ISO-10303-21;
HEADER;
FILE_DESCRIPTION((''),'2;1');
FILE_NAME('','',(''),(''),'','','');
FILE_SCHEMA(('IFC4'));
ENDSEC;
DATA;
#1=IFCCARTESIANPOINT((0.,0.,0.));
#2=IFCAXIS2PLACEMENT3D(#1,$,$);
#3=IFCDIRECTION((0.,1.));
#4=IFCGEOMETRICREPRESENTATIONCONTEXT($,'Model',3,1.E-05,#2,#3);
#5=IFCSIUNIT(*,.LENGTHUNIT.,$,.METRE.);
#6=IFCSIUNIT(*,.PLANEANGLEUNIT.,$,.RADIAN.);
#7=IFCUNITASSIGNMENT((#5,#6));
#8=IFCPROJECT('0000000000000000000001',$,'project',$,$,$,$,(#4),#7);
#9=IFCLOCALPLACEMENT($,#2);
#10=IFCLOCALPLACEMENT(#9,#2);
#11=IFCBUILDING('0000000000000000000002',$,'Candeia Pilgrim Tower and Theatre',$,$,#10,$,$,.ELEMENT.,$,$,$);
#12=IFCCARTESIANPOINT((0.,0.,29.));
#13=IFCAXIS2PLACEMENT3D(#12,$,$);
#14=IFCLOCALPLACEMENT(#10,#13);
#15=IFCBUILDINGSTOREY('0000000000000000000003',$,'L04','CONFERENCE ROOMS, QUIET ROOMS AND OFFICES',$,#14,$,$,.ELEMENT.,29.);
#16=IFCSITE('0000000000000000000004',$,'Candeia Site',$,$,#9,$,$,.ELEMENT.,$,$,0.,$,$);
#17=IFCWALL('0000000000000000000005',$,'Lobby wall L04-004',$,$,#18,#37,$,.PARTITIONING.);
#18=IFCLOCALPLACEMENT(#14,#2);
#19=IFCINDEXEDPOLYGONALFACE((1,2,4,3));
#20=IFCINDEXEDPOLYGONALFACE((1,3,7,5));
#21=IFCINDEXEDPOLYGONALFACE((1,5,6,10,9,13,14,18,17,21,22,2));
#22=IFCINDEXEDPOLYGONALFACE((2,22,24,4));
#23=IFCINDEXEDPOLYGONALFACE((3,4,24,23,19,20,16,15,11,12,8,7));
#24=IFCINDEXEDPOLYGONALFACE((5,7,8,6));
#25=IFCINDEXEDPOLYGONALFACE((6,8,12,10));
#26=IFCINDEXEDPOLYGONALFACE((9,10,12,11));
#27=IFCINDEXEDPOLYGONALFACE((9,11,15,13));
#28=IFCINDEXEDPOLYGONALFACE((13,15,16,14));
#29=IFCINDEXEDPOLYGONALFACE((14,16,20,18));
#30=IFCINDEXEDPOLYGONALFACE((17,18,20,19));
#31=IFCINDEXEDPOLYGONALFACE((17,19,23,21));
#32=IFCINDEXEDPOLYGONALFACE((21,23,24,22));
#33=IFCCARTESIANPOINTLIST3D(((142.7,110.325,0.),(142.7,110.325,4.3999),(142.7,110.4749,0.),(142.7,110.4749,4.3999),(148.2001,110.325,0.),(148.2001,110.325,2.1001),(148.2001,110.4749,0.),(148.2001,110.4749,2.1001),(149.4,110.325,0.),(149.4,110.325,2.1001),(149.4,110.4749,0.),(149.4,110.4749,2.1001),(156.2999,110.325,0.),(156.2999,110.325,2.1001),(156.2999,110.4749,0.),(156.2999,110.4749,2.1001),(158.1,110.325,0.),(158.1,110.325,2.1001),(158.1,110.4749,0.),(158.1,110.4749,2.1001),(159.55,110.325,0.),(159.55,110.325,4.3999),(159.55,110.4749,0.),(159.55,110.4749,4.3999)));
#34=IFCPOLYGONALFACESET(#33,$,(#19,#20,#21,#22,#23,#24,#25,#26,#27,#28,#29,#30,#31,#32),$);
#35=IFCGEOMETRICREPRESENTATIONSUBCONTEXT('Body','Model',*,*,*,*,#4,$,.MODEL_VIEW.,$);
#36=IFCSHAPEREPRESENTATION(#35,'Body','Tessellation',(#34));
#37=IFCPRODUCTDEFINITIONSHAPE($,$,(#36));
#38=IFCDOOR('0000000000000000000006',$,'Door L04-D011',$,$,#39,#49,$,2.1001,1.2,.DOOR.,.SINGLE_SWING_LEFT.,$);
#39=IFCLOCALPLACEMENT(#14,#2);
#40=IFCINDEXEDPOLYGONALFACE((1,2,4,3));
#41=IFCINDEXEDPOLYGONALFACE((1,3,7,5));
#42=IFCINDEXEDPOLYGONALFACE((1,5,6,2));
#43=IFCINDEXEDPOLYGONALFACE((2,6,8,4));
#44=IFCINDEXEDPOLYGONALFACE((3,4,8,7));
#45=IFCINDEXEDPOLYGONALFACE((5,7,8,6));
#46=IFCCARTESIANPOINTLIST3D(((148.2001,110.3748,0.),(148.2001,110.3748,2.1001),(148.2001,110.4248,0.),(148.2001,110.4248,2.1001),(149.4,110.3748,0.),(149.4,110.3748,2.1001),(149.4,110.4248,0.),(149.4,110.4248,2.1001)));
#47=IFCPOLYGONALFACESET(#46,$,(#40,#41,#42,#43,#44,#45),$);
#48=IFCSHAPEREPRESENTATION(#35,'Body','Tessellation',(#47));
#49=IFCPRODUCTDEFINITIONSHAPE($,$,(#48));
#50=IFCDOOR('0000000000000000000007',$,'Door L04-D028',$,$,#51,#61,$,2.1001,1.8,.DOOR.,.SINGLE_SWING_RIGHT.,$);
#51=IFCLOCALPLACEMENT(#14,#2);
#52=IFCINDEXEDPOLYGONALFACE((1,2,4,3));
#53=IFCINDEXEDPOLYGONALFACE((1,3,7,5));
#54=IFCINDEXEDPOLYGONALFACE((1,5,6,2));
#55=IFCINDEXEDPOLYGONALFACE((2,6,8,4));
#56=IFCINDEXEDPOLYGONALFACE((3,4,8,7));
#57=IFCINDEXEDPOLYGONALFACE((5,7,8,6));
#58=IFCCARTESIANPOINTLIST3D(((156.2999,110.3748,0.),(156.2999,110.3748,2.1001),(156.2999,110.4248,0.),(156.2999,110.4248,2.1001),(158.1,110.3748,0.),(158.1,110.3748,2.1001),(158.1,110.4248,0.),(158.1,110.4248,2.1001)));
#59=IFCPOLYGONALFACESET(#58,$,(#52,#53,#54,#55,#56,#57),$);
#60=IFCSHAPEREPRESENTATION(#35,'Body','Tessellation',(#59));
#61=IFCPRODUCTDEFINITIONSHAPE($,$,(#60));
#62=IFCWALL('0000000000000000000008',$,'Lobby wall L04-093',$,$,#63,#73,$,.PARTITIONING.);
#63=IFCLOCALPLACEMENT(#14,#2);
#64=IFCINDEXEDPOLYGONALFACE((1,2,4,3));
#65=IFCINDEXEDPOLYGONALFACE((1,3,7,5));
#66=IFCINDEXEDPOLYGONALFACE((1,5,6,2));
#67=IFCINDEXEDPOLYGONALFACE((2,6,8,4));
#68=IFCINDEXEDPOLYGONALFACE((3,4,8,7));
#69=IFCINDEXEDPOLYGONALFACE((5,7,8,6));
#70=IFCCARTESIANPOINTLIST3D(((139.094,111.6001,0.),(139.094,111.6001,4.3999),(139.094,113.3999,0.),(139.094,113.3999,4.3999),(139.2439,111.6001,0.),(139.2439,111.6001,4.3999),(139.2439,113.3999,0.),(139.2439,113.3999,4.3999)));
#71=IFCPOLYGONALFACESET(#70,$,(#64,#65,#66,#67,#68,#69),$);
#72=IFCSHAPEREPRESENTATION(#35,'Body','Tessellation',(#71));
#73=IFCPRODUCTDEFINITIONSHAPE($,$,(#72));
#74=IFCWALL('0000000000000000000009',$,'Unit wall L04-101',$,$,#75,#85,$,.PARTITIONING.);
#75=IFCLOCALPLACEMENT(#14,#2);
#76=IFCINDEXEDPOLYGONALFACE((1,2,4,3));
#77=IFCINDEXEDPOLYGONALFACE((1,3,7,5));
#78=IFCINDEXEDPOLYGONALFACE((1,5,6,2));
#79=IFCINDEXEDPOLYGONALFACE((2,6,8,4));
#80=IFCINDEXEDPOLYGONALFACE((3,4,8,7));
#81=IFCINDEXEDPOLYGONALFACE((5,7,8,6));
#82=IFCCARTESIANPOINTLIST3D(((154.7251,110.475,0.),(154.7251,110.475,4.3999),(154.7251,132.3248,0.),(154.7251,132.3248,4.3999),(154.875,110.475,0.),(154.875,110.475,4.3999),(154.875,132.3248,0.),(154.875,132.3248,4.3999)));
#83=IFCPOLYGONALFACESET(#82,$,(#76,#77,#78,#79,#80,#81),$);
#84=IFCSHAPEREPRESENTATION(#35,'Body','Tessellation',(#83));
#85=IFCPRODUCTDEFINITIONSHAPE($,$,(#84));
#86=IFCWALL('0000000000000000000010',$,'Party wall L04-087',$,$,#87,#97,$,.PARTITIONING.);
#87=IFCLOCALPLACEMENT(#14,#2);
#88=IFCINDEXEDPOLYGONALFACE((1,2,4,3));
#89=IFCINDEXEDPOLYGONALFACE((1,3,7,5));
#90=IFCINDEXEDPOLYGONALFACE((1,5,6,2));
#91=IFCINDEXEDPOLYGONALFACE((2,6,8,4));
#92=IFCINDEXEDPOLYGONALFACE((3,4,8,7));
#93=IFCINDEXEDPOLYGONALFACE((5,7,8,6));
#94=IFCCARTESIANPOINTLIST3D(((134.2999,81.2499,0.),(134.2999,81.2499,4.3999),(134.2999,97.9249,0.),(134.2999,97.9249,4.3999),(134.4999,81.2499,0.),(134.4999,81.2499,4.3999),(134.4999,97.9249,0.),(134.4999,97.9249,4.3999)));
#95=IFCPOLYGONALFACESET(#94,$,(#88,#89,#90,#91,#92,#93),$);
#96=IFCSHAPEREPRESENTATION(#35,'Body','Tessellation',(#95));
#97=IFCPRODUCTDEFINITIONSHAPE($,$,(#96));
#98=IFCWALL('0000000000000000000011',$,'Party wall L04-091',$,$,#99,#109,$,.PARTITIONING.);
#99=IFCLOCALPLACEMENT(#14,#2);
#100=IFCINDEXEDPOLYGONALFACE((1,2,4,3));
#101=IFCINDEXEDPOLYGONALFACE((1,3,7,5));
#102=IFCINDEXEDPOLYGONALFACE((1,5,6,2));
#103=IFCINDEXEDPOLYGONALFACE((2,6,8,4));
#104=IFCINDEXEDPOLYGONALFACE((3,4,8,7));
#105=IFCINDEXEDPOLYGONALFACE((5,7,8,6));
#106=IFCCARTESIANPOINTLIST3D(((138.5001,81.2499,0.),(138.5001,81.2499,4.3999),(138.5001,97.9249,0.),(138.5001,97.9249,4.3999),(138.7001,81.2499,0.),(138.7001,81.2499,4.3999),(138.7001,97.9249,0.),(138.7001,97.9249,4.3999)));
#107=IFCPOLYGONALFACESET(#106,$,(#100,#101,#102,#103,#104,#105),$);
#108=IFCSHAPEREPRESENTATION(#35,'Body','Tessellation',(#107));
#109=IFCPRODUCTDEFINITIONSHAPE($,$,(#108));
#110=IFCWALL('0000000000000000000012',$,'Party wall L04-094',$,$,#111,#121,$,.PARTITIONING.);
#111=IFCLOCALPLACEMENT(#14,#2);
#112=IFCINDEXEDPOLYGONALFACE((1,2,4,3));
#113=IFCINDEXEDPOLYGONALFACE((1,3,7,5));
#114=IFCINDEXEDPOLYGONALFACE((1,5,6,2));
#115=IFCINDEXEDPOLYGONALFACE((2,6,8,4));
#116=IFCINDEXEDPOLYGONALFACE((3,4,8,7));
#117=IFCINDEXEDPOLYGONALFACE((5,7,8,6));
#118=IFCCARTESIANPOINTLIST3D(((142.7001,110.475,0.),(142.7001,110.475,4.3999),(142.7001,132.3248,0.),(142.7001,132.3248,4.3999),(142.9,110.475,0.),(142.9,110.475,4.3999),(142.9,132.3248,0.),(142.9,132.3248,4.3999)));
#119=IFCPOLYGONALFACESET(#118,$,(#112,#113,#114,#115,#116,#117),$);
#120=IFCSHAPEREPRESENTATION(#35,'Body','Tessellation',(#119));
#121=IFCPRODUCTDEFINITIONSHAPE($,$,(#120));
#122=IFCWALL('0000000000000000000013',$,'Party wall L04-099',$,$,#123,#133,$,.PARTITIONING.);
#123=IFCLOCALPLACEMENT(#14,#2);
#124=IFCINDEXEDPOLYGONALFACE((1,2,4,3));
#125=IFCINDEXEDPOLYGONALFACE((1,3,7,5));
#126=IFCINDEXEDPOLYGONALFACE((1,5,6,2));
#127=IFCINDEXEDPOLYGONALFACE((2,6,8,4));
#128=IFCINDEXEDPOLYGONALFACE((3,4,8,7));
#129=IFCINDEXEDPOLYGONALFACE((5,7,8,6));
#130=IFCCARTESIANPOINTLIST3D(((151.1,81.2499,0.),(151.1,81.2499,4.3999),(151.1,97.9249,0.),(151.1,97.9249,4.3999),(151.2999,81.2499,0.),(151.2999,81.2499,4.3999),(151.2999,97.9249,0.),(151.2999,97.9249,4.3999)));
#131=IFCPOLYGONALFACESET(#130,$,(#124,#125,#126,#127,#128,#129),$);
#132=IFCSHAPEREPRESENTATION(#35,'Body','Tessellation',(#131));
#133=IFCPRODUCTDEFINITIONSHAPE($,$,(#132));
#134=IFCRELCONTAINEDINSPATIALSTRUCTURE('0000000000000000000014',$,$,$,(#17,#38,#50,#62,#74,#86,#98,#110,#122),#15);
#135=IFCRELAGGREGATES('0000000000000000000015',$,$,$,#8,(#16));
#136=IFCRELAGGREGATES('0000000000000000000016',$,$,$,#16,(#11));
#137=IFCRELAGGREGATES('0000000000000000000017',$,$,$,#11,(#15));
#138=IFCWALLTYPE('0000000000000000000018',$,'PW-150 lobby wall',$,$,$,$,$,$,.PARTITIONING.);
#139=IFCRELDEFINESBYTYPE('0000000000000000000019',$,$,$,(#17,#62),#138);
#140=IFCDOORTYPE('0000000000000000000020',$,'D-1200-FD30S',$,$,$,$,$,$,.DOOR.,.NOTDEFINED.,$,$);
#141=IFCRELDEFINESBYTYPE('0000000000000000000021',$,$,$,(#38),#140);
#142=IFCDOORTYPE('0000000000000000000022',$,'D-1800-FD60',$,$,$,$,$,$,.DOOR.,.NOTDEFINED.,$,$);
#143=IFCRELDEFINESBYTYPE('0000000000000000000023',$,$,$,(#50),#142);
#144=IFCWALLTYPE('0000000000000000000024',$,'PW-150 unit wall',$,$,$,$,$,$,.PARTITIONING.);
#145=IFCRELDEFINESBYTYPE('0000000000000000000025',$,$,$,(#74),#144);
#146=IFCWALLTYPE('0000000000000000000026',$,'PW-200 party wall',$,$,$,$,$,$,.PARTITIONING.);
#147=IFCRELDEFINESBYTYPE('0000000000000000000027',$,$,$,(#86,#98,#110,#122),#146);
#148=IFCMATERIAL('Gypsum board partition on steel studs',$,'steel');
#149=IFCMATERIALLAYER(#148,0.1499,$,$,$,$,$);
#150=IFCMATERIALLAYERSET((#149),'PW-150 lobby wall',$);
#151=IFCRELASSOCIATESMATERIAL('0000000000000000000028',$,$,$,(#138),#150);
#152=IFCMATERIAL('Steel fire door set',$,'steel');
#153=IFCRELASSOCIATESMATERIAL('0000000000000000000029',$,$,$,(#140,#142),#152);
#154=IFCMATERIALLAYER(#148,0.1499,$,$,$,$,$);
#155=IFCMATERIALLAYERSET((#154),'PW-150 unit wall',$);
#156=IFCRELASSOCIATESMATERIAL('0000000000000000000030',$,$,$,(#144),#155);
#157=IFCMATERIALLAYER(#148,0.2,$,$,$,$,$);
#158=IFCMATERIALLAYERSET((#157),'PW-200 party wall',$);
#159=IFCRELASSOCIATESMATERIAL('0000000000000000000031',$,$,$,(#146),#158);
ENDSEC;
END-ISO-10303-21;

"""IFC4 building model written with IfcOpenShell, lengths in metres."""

from ifc_helpers import new_model, si_unit, direction, frame, frame_2d, origin, place, context, subcontext, project, spatial, rectangle, extrude, material, layer, layer_set, type_object, element, fill, save


model = new_model("IFC4")

# Units and contexts
model_context = context("Model", 3, precision=1e-05, world=origin(), true_north=direction((0.0, 1.0)))
body_context = subcontext(model_context, "Body", "Model", "MODEL_VIEW")
ifc_project = project(units=[si_unit("LENGTHUNIT", "METRE"), si_unit("PLANEANGLEUNIT", "RADIAN")], contexts=[model_context])

# Site, building, storey
site_placement = place(None, origin())
site = spatial("IfcSite", under=ifc_project, at=site_placement, Name="Candeia Site", CompositionType="ELEMENT", RefElevation=0.0)
building_placement = place(site_placement, origin())
building = spatial("IfcBuilding", under=site, at=building_placement, Name="Candeia Pilgrim Tower and Theatre", CompositionType="ELEMENT")
storey_placement = place(building_placement, frame((0.0, 0.0, 29.0)))
storey = spatial("IfcBuildingStorey", under=building, at=storey_placement, Name="L04", Description="CONFERENCE ROOMS, QUIET ROOMS AND OFFICES", CompositionType="ELEMENT", Elevation=29.0)

# Shared definitions
ifc_material_1 = material(Name="Steel fire door set", Category="steel")

# Wall, openings, doors
ifc_material_2 = material(Name="Gypsum board partition on steel studs", Category="steel")
ifc_layer_1 = layer(ifc_material_2, 0.1499)
ifc_layer_set_1 = layer_set([ifc_layer_1], Name="PW-150 lobby wall")
wall_type_1 = type_object("IfcWallType", Name="PW-150 lobby wall", PredefinedType="PARTITIONING", material=ifc_layer_set_1)
wall_1_placement = place(storey_placement, frame((142.7, 110.3999, 0.0), z_axis=(0.0, 0.0, 1.0), x_axis=(1.0, 0.0, 0.0)))
wall_1 = element("IfcWall", 1, at=wall_1_placement, inside=storey, type_object=wall_type_1, Name="Lobby wall L04-004", PredefinedType="PARTITIONING", context=body_context, shape_type="SweptSolid", body=[
    extrude(rectangle(XDim=16.8501, YDim=0.1499, at=frame_2d((8.425, 0.0))), origin(), (0.0, 0.0, 1.0), 4.3999),
])
opening_1_placement = place(wall_1_placement, frame((5.5, 0.0, 0.0)))
opening_1 = element("IfcOpeningElement", 2, at=opening_1_placement, cuts=wall_1, PredefinedType="OPENING", context=body_context, shape_type="SweptSolid", body=[
    extrude(rectangle(XDim=1.2, YDim=2.1001, at=frame_2d((0.6001, 1.05))), frame((0.0, 0.085, 0.0), z_axis=(0.0, -1.0, 0.0), x_axis=(1.0, 0.0, 0.0)), (0.0, 0.0, 1.0), 0.1699),
])
opening_2_placement = place(wall_1_placement, frame((13.6001, 0.0, 0.0)))
opening_2 = element("IfcOpeningElement", 3, at=opening_2_placement, cuts=wall_1, PredefinedType="OPENING", context=body_context, shape_type="SweptSolid", body=[
    extrude(rectangle(XDim=1.8, YDim=2.1001, at=frame_2d((0.8999, 1.05))), frame((0.0, 0.085, 0.0), z_axis=(0.0, -1.0, 0.0), x_axis=(1.0, 0.0, 0.0)), (0.0, 0.0, 1.0), 0.1699),
])
door_type_1 = type_object("IfcDoorType", Name="D-1200-FD30S", OperationType="NOTDEFINED", PredefinedType="DOOR", material=ifc_material_1)
door_1_placement = place(opening_1_placement, origin())
door_1 = element("IfcDoor", 4, at=door_1_placement, inside=storey, type_object=door_type_1, Name="Door L04-D011", OperationType="SINGLE_SWING_LEFT", OverallHeight=2.1001, OverallWidth=1.2, PredefinedType="DOOR", context=body_context, shape_type="SweptSolid", body=[
    extrude(rectangle(XDim=1.2, YDim=2.1001, at=frame_2d((0.6001, 1.05))), frame((0.0, 0.0249, 0.0), z_axis=(0.0, -1.0, 0.0), x_axis=(1.0, 0.0, 0.0)), (0.0, 0.0, 1.0), 0.05),
])
fill(opening_1, door_1)
door_type_2 = type_object("IfcDoorType", Name="D-1800-FD60", OperationType="NOTDEFINED", PredefinedType="DOOR", material=ifc_material_1)
door_2_placement = place(opening_2_placement, origin())
door_2 = element("IfcDoor", 5, at=door_2_placement, inside=storey, type_object=door_type_2, Name="Door L04-D028", OperationType="SINGLE_SWING_RIGHT", OverallHeight=2.1001, OverallWidth=1.8, PredefinedType="DOOR", context=body_context, shape_type="SweptSolid", body=[
    extrude(rectangle(XDim=1.8, YDim=2.1001, at=frame_2d((0.8999, 1.05))), frame((0.0, 0.0249, 0.0), z_axis=(0.0, -1.0, 0.0), x_axis=(1.0, 0.0, 0.0)), (0.0, 0.0, 1.0), 0.05),
])
fill(opening_2, door_2)

# Walls
wall_2_placement = place(storey_placement, frame((139.1689, 111.6001, 0.0), z_axis=(0.0, 0.0, 1.0), x_axis=(0.0, 1.0, 0.0)))
element("IfcWall", 6, at=wall_2_placement, inside=storey, type_object=wall_type_1, Name="Lobby wall L04-093", PredefinedType="PARTITIONING", context=body_context, shape_type="SweptSolid", body=[
    extrude(rectangle(XDim=1.7998, YDim=0.1499, at=frame_2d((0.8999, 0.0))), origin(), (0.0, 0.0, 1.0), 4.3999),
])
ifc_layer_2 = layer(ifc_material_2, 0.1499)
ifc_layer_set_2 = layer_set([ifc_layer_2], Name="PW-150 unit wall")
wall_type_2 = type_object("IfcWallType", Name="PW-150 unit wall", PredefinedType="PARTITIONING", material=ifc_layer_set_2)
wall_3_placement = place(storey_placement, frame((154.8, 110.4751, 0.0), z_axis=(0.0, 0.0, 1.0), x_axis=(0.0, 1.0, 0.0)))
element("IfcWall", 7, at=wall_3_placement, inside=storey, type_object=wall_type_2, Name="Unit wall L04-101", PredefinedType="PARTITIONING", context=body_context, shape_type="SweptSolid", body=[
    extrude(rectangle(XDim=21.8499, YDim=0.1499, at=frame_2d((10.9248, 0.0))), origin(), (0.0, 0.0, 1.0), 4.3999),
])
ifc_layer_3 = layer(ifc_material_2, 0.2)
ifc_layer_set_3 = layer_set([ifc_layer_3], Name="PW-200 party wall")
wall_type_3 = type_object("IfcWallType", Name="PW-200 party wall", PredefinedType="PARTITIONING", material=ifc_layer_set_3)
for number, where, z_axis, x_axis, name in (
    (8, (134.3999, 81.25, 0.0), (0.0, 0.0, 1.0), (0.0, 1.0, 0.0), "Party wall L04-087"),
    (9, (138.6001, 81.25, 0.0), (0.0, 0.0, 1.0), (0.0, 1.0, 0.0), "Party wall L04-091"),
):
    element("IfcWall", number, at=place(storey_placement, frame(where, z_axis=z_axis, x_axis=x_axis)), inside=storey, type_object=wall_type_3, Name=name, PredefinedType="PARTITIONING", context=body_context, shape_type="SweptSolid", body=[
        extrude(rectangle(XDim=16.675, YDim=0.2, at=frame_2d((8.3374, 0.0))), origin(), (0.0, 0.0, 1.0), 4.3999),
    ])
wall_4_placement = place(storey_placement, frame((142.8, 110.4751, 0.0), z_axis=(0.0, 0.0, 1.0), x_axis=(0.0, 1.0, 0.0)))
element("IfcWall", 10, at=wall_4_placement, inside=storey, type_object=wall_type_3, Name="Party wall L04-094", PredefinedType="PARTITIONING", context=body_context, shape_type="SweptSolid", body=[
    extrude(rectangle(XDim=21.8499, YDim=0.2, at=frame_2d((10.9248, 0.0))), origin(), (0.0, 0.0, 1.0), 4.3999),
])
wall_5_placement = place(storey_placement, frame((151.2, 81.25, 0.0), z_axis=(0.0, 0.0, 1.0), x_axis=(0.0, 1.0, 0.0)))
element("IfcWall", 11, at=wall_5_placement, inside=storey, type_object=wall_type_3, Name="Party wall L04-099", PredefinedType="PARTITIONING", context=body_context, shape_type="SweptSolid", body=[
    extrude(rectangle(XDim=16.675, YDim=0.2, at=frame_2d((8.3374, 0.0))), origin(), (0.0, 0.0, 1.0), 4.3999),
])

save(model, "model.ifc")
